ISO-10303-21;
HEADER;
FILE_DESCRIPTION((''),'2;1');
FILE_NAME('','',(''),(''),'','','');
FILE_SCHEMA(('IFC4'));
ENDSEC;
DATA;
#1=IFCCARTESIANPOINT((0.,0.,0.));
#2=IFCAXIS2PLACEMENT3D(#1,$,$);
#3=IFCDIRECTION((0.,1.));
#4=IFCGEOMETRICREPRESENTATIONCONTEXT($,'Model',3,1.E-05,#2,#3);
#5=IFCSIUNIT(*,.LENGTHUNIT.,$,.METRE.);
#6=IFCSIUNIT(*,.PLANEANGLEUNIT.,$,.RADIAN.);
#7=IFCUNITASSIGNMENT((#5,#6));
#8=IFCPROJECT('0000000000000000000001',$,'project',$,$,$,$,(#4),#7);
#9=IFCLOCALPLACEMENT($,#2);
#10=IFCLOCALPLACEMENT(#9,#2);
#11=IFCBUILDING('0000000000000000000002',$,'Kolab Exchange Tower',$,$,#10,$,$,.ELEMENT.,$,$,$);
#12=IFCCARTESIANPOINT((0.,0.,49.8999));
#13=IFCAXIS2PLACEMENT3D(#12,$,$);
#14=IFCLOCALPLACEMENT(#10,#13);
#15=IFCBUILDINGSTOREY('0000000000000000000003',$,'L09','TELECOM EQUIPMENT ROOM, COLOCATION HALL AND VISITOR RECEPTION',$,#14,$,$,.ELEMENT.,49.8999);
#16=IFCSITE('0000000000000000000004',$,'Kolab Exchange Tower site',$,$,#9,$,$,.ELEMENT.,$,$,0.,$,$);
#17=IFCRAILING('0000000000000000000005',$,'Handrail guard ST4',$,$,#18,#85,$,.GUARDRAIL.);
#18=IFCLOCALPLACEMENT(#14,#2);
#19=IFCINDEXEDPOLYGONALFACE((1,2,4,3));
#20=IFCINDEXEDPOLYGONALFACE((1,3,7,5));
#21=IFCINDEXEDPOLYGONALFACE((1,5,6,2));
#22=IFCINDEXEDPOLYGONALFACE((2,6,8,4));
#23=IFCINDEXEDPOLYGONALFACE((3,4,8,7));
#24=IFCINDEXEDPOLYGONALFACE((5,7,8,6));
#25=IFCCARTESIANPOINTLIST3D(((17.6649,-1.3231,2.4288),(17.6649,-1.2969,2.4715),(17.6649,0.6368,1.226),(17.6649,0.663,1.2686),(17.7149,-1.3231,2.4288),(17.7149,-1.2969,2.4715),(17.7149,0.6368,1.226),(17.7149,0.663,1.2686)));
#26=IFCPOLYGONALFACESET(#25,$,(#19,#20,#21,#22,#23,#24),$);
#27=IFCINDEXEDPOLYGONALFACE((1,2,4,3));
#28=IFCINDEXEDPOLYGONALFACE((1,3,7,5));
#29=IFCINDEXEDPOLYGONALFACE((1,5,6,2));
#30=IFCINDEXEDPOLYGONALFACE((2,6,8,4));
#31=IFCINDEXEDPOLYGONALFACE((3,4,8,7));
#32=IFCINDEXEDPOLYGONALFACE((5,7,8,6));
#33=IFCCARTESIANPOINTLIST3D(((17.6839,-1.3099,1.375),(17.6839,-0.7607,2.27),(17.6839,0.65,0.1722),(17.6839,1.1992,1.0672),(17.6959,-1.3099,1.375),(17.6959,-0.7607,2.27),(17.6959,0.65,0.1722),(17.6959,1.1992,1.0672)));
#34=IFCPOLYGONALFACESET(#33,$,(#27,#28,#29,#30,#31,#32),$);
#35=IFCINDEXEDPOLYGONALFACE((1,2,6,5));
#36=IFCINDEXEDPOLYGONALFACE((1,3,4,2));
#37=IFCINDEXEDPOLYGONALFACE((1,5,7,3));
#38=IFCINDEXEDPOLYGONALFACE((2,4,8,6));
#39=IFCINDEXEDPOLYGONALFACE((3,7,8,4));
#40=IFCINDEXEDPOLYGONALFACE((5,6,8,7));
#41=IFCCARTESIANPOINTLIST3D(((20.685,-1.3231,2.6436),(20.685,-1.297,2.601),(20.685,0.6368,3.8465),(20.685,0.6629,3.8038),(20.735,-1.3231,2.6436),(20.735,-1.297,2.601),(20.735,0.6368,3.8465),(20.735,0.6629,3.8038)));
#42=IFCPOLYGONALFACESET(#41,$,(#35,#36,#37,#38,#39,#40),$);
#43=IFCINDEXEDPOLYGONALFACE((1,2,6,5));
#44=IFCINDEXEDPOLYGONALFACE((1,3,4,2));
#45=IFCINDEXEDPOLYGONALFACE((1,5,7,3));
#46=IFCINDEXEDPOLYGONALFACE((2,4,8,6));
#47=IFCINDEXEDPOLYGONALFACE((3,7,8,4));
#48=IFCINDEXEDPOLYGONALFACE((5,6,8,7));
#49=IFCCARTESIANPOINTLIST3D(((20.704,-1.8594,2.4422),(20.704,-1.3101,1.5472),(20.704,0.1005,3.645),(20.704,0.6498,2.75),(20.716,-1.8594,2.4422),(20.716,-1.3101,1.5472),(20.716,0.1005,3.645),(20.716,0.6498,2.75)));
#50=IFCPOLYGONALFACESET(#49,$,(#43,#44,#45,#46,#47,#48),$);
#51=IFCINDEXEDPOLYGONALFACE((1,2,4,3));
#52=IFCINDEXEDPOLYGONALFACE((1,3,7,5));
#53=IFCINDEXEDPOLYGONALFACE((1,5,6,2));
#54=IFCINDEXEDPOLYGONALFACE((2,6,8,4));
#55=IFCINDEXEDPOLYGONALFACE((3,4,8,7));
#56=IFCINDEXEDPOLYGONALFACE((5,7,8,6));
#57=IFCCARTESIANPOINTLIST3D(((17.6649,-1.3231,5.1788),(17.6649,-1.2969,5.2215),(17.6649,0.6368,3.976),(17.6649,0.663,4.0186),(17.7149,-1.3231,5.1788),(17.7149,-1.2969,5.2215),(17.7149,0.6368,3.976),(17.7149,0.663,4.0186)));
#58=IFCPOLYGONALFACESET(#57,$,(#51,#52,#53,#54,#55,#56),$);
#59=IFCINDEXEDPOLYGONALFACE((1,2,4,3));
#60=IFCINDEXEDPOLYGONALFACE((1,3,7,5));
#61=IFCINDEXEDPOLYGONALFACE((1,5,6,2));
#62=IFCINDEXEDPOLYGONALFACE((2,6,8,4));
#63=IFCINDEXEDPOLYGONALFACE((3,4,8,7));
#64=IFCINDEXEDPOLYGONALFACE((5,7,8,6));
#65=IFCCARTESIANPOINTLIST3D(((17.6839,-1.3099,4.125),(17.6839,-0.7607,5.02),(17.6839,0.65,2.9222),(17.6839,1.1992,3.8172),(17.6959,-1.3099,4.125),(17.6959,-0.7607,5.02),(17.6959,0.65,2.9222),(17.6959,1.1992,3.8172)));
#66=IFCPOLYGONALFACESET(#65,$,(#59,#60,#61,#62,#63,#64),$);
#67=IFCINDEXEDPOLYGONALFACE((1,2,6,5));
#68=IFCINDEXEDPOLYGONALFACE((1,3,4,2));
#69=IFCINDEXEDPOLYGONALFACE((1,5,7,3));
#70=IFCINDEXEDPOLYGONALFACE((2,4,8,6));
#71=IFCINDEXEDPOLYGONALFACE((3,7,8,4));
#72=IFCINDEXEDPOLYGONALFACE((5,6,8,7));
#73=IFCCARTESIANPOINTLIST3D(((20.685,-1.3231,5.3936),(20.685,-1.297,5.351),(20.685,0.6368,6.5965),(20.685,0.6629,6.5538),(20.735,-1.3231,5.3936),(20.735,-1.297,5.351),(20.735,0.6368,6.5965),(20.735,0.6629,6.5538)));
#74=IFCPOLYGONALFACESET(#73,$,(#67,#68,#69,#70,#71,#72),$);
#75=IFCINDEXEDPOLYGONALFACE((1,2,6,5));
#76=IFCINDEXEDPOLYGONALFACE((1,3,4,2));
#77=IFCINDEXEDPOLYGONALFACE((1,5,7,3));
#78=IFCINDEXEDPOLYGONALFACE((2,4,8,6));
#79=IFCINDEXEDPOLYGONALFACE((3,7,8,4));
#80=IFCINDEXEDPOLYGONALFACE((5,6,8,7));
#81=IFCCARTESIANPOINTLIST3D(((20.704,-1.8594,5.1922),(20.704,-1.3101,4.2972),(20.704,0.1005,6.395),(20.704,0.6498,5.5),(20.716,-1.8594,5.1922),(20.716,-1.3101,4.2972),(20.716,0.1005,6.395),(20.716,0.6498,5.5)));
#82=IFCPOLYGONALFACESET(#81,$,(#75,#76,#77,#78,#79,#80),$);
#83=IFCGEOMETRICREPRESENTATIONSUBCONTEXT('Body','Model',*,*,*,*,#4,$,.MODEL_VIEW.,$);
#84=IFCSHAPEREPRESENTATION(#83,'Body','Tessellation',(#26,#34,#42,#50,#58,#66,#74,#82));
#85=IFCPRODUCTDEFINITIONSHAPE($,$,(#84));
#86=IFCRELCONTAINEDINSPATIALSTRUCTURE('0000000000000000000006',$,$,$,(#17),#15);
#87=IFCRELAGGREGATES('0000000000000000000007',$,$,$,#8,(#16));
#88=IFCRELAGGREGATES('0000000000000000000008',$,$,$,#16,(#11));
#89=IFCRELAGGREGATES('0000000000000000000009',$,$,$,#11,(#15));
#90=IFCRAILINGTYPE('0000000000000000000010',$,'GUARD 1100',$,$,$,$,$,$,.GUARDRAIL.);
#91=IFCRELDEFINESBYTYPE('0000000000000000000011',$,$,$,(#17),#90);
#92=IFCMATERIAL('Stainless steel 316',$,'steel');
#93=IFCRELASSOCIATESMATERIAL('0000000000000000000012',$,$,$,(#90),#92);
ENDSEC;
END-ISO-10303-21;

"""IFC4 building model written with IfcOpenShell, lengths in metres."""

from ifc_helpers import new_model, si_unit, direction, frame, frame_2d, origin, origin_2d, place, context, subcontext, project, spatial, rectangle, extrude, material, type_object, element, save


model = new_model("IFC4")

# Units and contexts
model_context = context("Model", 3, precision=1e-05, world=origin(), true_north=direction((0.0, 1.0)))
body_context = subcontext(model_context, "Body", "Model", "MODEL_VIEW")
ifc_project = project(units=[si_unit("LENGTHUNIT", "METRE"), si_unit("PLANEANGLEUNIT", "RADIAN")], contexts=[model_context])

# Site, building, storey
site_placement = place(None, origin())
site = spatial("IfcSite", under=ifc_project, at=site_placement, Name="Kolab Exchange Tower site", CompositionType="ELEMENT", RefElevation=0.0)
building_placement = place(site_placement, origin())
building = spatial("IfcBuilding", under=site, at=building_placement, Name="Kolab Exchange Tower", CompositionType="ELEMENT")
storey_placement = place(building_placement, frame((0.0, 0.0, 49.8999)))
storey = spatial("IfcBuildingStorey", under=building, at=storey_placement, Name="L09", Description="TELECOM EQUIPMENT ROOM, COLOCATION HALL AND VISITOR RECEPTION", CompositionType="ELEMENT", Elevation=49.8999)

# Railing
ifc_material_1 = material(Name="Stainless steel 316", Category="steel")
railing_type = type_object("IfcRailingType", Name="GUARD 1100", PredefinedType="GUARDRAIL", material=ifc_material_1)
railing_placement = place(storey_placement, frame((17.6899, 0.6499, 0.1721)))
element("IfcRailing", 1, at=railing_placement, inside=storey, type_object=railing_type, Name="Handrail guard ST4", PredefinedType="GUARDRAIL", context=body_context, shape_type="SweptSolid", body=[
    extrude(rectangle(XDim=0.05, YDim=0.05, at=origin_2d()), frame((0.0, 0.0, 1.0752), z_axis=(0.0, -0.852288, 0.523072), x_axis=(1.0, 0.0, 0.0)), (0.0, 0.0, 1.0), 2.2996),
    extrude(rectangle(XDim=0.012, YDim=1.0501, at=frame_2d((0.0, 0.5251))), frame((0.0, 0.0, 0.0), z_axis=(0.0, -0.852288, 0.523072), x_axis=(1.0, 0.0, 0.0)), (0.0, 0.0, 1.0), 2.2996),
    extrude(rectangle(XDim=0.05, YDim=0.05, at=origin_2d()), frame((3.02, -1.96, 2.4502), z_axis=(0.0, 0.852288, 0.523072), x_axis=(-1.0, 0.0, 0.0)), (0.0, 0.0, 1.0), 2.2996),
    extrude(rectangle(XDim=0.012, YDim=1.0501, at=frame_2d((0.0, 0.5251))), frame((3.02, -1.96, 1.375), z_axis=(0.0, 0.852288, 0.523072), x_axis=(-1.0, 0.0, 0.0)), (0.0, 0.0, 1.0), 2.2996),
    extrude(rectangle(XDim=0.05, YDim=0.05, at=origin_2d()), frame((0.0, 0.0, 3.8252), z_axis=(0.0, -0.852288, 0.523072), x_axis=(1.0, 0.0, 0.0)), (0.0, 0.0, 1.0), 2.2996),
    extrude(rectangle(XDim=0.012, YDim=1.0501, at=frame_2d((0.0, 0.5251))), frame((0.0, 0.0, 2.75), z_axis=(0.0, -0.852288, 0.523072), x_axis=(1.0, 0.0, 0.0)), (0.0, 0.0, 1.0), 2.2996),
    extrude(rectangle(XDim=0.05, YDim=0.05, at=origin_2d()), frame((3.02, -1.96, 5.2002), z_axis=(0.0, 0.852288, 0.523072), x_axis=(-1.0, 0.0, 0.0)), (0.0, 0.0, 1.0), 2.2996),
    extrude(rectangle(XDim=0.012, YDim=1.0501, at=frame_2d((0.0, 0.5251))), frame((3.02, -1.96, 4.125), z_axis=(0.0, 0.852288, 0.523072), x_axis=(-1.0, 0.0, 0.0)), (0.0, 0.0, 1.0), 2.2996),
])

save(model, "model.ifc")
